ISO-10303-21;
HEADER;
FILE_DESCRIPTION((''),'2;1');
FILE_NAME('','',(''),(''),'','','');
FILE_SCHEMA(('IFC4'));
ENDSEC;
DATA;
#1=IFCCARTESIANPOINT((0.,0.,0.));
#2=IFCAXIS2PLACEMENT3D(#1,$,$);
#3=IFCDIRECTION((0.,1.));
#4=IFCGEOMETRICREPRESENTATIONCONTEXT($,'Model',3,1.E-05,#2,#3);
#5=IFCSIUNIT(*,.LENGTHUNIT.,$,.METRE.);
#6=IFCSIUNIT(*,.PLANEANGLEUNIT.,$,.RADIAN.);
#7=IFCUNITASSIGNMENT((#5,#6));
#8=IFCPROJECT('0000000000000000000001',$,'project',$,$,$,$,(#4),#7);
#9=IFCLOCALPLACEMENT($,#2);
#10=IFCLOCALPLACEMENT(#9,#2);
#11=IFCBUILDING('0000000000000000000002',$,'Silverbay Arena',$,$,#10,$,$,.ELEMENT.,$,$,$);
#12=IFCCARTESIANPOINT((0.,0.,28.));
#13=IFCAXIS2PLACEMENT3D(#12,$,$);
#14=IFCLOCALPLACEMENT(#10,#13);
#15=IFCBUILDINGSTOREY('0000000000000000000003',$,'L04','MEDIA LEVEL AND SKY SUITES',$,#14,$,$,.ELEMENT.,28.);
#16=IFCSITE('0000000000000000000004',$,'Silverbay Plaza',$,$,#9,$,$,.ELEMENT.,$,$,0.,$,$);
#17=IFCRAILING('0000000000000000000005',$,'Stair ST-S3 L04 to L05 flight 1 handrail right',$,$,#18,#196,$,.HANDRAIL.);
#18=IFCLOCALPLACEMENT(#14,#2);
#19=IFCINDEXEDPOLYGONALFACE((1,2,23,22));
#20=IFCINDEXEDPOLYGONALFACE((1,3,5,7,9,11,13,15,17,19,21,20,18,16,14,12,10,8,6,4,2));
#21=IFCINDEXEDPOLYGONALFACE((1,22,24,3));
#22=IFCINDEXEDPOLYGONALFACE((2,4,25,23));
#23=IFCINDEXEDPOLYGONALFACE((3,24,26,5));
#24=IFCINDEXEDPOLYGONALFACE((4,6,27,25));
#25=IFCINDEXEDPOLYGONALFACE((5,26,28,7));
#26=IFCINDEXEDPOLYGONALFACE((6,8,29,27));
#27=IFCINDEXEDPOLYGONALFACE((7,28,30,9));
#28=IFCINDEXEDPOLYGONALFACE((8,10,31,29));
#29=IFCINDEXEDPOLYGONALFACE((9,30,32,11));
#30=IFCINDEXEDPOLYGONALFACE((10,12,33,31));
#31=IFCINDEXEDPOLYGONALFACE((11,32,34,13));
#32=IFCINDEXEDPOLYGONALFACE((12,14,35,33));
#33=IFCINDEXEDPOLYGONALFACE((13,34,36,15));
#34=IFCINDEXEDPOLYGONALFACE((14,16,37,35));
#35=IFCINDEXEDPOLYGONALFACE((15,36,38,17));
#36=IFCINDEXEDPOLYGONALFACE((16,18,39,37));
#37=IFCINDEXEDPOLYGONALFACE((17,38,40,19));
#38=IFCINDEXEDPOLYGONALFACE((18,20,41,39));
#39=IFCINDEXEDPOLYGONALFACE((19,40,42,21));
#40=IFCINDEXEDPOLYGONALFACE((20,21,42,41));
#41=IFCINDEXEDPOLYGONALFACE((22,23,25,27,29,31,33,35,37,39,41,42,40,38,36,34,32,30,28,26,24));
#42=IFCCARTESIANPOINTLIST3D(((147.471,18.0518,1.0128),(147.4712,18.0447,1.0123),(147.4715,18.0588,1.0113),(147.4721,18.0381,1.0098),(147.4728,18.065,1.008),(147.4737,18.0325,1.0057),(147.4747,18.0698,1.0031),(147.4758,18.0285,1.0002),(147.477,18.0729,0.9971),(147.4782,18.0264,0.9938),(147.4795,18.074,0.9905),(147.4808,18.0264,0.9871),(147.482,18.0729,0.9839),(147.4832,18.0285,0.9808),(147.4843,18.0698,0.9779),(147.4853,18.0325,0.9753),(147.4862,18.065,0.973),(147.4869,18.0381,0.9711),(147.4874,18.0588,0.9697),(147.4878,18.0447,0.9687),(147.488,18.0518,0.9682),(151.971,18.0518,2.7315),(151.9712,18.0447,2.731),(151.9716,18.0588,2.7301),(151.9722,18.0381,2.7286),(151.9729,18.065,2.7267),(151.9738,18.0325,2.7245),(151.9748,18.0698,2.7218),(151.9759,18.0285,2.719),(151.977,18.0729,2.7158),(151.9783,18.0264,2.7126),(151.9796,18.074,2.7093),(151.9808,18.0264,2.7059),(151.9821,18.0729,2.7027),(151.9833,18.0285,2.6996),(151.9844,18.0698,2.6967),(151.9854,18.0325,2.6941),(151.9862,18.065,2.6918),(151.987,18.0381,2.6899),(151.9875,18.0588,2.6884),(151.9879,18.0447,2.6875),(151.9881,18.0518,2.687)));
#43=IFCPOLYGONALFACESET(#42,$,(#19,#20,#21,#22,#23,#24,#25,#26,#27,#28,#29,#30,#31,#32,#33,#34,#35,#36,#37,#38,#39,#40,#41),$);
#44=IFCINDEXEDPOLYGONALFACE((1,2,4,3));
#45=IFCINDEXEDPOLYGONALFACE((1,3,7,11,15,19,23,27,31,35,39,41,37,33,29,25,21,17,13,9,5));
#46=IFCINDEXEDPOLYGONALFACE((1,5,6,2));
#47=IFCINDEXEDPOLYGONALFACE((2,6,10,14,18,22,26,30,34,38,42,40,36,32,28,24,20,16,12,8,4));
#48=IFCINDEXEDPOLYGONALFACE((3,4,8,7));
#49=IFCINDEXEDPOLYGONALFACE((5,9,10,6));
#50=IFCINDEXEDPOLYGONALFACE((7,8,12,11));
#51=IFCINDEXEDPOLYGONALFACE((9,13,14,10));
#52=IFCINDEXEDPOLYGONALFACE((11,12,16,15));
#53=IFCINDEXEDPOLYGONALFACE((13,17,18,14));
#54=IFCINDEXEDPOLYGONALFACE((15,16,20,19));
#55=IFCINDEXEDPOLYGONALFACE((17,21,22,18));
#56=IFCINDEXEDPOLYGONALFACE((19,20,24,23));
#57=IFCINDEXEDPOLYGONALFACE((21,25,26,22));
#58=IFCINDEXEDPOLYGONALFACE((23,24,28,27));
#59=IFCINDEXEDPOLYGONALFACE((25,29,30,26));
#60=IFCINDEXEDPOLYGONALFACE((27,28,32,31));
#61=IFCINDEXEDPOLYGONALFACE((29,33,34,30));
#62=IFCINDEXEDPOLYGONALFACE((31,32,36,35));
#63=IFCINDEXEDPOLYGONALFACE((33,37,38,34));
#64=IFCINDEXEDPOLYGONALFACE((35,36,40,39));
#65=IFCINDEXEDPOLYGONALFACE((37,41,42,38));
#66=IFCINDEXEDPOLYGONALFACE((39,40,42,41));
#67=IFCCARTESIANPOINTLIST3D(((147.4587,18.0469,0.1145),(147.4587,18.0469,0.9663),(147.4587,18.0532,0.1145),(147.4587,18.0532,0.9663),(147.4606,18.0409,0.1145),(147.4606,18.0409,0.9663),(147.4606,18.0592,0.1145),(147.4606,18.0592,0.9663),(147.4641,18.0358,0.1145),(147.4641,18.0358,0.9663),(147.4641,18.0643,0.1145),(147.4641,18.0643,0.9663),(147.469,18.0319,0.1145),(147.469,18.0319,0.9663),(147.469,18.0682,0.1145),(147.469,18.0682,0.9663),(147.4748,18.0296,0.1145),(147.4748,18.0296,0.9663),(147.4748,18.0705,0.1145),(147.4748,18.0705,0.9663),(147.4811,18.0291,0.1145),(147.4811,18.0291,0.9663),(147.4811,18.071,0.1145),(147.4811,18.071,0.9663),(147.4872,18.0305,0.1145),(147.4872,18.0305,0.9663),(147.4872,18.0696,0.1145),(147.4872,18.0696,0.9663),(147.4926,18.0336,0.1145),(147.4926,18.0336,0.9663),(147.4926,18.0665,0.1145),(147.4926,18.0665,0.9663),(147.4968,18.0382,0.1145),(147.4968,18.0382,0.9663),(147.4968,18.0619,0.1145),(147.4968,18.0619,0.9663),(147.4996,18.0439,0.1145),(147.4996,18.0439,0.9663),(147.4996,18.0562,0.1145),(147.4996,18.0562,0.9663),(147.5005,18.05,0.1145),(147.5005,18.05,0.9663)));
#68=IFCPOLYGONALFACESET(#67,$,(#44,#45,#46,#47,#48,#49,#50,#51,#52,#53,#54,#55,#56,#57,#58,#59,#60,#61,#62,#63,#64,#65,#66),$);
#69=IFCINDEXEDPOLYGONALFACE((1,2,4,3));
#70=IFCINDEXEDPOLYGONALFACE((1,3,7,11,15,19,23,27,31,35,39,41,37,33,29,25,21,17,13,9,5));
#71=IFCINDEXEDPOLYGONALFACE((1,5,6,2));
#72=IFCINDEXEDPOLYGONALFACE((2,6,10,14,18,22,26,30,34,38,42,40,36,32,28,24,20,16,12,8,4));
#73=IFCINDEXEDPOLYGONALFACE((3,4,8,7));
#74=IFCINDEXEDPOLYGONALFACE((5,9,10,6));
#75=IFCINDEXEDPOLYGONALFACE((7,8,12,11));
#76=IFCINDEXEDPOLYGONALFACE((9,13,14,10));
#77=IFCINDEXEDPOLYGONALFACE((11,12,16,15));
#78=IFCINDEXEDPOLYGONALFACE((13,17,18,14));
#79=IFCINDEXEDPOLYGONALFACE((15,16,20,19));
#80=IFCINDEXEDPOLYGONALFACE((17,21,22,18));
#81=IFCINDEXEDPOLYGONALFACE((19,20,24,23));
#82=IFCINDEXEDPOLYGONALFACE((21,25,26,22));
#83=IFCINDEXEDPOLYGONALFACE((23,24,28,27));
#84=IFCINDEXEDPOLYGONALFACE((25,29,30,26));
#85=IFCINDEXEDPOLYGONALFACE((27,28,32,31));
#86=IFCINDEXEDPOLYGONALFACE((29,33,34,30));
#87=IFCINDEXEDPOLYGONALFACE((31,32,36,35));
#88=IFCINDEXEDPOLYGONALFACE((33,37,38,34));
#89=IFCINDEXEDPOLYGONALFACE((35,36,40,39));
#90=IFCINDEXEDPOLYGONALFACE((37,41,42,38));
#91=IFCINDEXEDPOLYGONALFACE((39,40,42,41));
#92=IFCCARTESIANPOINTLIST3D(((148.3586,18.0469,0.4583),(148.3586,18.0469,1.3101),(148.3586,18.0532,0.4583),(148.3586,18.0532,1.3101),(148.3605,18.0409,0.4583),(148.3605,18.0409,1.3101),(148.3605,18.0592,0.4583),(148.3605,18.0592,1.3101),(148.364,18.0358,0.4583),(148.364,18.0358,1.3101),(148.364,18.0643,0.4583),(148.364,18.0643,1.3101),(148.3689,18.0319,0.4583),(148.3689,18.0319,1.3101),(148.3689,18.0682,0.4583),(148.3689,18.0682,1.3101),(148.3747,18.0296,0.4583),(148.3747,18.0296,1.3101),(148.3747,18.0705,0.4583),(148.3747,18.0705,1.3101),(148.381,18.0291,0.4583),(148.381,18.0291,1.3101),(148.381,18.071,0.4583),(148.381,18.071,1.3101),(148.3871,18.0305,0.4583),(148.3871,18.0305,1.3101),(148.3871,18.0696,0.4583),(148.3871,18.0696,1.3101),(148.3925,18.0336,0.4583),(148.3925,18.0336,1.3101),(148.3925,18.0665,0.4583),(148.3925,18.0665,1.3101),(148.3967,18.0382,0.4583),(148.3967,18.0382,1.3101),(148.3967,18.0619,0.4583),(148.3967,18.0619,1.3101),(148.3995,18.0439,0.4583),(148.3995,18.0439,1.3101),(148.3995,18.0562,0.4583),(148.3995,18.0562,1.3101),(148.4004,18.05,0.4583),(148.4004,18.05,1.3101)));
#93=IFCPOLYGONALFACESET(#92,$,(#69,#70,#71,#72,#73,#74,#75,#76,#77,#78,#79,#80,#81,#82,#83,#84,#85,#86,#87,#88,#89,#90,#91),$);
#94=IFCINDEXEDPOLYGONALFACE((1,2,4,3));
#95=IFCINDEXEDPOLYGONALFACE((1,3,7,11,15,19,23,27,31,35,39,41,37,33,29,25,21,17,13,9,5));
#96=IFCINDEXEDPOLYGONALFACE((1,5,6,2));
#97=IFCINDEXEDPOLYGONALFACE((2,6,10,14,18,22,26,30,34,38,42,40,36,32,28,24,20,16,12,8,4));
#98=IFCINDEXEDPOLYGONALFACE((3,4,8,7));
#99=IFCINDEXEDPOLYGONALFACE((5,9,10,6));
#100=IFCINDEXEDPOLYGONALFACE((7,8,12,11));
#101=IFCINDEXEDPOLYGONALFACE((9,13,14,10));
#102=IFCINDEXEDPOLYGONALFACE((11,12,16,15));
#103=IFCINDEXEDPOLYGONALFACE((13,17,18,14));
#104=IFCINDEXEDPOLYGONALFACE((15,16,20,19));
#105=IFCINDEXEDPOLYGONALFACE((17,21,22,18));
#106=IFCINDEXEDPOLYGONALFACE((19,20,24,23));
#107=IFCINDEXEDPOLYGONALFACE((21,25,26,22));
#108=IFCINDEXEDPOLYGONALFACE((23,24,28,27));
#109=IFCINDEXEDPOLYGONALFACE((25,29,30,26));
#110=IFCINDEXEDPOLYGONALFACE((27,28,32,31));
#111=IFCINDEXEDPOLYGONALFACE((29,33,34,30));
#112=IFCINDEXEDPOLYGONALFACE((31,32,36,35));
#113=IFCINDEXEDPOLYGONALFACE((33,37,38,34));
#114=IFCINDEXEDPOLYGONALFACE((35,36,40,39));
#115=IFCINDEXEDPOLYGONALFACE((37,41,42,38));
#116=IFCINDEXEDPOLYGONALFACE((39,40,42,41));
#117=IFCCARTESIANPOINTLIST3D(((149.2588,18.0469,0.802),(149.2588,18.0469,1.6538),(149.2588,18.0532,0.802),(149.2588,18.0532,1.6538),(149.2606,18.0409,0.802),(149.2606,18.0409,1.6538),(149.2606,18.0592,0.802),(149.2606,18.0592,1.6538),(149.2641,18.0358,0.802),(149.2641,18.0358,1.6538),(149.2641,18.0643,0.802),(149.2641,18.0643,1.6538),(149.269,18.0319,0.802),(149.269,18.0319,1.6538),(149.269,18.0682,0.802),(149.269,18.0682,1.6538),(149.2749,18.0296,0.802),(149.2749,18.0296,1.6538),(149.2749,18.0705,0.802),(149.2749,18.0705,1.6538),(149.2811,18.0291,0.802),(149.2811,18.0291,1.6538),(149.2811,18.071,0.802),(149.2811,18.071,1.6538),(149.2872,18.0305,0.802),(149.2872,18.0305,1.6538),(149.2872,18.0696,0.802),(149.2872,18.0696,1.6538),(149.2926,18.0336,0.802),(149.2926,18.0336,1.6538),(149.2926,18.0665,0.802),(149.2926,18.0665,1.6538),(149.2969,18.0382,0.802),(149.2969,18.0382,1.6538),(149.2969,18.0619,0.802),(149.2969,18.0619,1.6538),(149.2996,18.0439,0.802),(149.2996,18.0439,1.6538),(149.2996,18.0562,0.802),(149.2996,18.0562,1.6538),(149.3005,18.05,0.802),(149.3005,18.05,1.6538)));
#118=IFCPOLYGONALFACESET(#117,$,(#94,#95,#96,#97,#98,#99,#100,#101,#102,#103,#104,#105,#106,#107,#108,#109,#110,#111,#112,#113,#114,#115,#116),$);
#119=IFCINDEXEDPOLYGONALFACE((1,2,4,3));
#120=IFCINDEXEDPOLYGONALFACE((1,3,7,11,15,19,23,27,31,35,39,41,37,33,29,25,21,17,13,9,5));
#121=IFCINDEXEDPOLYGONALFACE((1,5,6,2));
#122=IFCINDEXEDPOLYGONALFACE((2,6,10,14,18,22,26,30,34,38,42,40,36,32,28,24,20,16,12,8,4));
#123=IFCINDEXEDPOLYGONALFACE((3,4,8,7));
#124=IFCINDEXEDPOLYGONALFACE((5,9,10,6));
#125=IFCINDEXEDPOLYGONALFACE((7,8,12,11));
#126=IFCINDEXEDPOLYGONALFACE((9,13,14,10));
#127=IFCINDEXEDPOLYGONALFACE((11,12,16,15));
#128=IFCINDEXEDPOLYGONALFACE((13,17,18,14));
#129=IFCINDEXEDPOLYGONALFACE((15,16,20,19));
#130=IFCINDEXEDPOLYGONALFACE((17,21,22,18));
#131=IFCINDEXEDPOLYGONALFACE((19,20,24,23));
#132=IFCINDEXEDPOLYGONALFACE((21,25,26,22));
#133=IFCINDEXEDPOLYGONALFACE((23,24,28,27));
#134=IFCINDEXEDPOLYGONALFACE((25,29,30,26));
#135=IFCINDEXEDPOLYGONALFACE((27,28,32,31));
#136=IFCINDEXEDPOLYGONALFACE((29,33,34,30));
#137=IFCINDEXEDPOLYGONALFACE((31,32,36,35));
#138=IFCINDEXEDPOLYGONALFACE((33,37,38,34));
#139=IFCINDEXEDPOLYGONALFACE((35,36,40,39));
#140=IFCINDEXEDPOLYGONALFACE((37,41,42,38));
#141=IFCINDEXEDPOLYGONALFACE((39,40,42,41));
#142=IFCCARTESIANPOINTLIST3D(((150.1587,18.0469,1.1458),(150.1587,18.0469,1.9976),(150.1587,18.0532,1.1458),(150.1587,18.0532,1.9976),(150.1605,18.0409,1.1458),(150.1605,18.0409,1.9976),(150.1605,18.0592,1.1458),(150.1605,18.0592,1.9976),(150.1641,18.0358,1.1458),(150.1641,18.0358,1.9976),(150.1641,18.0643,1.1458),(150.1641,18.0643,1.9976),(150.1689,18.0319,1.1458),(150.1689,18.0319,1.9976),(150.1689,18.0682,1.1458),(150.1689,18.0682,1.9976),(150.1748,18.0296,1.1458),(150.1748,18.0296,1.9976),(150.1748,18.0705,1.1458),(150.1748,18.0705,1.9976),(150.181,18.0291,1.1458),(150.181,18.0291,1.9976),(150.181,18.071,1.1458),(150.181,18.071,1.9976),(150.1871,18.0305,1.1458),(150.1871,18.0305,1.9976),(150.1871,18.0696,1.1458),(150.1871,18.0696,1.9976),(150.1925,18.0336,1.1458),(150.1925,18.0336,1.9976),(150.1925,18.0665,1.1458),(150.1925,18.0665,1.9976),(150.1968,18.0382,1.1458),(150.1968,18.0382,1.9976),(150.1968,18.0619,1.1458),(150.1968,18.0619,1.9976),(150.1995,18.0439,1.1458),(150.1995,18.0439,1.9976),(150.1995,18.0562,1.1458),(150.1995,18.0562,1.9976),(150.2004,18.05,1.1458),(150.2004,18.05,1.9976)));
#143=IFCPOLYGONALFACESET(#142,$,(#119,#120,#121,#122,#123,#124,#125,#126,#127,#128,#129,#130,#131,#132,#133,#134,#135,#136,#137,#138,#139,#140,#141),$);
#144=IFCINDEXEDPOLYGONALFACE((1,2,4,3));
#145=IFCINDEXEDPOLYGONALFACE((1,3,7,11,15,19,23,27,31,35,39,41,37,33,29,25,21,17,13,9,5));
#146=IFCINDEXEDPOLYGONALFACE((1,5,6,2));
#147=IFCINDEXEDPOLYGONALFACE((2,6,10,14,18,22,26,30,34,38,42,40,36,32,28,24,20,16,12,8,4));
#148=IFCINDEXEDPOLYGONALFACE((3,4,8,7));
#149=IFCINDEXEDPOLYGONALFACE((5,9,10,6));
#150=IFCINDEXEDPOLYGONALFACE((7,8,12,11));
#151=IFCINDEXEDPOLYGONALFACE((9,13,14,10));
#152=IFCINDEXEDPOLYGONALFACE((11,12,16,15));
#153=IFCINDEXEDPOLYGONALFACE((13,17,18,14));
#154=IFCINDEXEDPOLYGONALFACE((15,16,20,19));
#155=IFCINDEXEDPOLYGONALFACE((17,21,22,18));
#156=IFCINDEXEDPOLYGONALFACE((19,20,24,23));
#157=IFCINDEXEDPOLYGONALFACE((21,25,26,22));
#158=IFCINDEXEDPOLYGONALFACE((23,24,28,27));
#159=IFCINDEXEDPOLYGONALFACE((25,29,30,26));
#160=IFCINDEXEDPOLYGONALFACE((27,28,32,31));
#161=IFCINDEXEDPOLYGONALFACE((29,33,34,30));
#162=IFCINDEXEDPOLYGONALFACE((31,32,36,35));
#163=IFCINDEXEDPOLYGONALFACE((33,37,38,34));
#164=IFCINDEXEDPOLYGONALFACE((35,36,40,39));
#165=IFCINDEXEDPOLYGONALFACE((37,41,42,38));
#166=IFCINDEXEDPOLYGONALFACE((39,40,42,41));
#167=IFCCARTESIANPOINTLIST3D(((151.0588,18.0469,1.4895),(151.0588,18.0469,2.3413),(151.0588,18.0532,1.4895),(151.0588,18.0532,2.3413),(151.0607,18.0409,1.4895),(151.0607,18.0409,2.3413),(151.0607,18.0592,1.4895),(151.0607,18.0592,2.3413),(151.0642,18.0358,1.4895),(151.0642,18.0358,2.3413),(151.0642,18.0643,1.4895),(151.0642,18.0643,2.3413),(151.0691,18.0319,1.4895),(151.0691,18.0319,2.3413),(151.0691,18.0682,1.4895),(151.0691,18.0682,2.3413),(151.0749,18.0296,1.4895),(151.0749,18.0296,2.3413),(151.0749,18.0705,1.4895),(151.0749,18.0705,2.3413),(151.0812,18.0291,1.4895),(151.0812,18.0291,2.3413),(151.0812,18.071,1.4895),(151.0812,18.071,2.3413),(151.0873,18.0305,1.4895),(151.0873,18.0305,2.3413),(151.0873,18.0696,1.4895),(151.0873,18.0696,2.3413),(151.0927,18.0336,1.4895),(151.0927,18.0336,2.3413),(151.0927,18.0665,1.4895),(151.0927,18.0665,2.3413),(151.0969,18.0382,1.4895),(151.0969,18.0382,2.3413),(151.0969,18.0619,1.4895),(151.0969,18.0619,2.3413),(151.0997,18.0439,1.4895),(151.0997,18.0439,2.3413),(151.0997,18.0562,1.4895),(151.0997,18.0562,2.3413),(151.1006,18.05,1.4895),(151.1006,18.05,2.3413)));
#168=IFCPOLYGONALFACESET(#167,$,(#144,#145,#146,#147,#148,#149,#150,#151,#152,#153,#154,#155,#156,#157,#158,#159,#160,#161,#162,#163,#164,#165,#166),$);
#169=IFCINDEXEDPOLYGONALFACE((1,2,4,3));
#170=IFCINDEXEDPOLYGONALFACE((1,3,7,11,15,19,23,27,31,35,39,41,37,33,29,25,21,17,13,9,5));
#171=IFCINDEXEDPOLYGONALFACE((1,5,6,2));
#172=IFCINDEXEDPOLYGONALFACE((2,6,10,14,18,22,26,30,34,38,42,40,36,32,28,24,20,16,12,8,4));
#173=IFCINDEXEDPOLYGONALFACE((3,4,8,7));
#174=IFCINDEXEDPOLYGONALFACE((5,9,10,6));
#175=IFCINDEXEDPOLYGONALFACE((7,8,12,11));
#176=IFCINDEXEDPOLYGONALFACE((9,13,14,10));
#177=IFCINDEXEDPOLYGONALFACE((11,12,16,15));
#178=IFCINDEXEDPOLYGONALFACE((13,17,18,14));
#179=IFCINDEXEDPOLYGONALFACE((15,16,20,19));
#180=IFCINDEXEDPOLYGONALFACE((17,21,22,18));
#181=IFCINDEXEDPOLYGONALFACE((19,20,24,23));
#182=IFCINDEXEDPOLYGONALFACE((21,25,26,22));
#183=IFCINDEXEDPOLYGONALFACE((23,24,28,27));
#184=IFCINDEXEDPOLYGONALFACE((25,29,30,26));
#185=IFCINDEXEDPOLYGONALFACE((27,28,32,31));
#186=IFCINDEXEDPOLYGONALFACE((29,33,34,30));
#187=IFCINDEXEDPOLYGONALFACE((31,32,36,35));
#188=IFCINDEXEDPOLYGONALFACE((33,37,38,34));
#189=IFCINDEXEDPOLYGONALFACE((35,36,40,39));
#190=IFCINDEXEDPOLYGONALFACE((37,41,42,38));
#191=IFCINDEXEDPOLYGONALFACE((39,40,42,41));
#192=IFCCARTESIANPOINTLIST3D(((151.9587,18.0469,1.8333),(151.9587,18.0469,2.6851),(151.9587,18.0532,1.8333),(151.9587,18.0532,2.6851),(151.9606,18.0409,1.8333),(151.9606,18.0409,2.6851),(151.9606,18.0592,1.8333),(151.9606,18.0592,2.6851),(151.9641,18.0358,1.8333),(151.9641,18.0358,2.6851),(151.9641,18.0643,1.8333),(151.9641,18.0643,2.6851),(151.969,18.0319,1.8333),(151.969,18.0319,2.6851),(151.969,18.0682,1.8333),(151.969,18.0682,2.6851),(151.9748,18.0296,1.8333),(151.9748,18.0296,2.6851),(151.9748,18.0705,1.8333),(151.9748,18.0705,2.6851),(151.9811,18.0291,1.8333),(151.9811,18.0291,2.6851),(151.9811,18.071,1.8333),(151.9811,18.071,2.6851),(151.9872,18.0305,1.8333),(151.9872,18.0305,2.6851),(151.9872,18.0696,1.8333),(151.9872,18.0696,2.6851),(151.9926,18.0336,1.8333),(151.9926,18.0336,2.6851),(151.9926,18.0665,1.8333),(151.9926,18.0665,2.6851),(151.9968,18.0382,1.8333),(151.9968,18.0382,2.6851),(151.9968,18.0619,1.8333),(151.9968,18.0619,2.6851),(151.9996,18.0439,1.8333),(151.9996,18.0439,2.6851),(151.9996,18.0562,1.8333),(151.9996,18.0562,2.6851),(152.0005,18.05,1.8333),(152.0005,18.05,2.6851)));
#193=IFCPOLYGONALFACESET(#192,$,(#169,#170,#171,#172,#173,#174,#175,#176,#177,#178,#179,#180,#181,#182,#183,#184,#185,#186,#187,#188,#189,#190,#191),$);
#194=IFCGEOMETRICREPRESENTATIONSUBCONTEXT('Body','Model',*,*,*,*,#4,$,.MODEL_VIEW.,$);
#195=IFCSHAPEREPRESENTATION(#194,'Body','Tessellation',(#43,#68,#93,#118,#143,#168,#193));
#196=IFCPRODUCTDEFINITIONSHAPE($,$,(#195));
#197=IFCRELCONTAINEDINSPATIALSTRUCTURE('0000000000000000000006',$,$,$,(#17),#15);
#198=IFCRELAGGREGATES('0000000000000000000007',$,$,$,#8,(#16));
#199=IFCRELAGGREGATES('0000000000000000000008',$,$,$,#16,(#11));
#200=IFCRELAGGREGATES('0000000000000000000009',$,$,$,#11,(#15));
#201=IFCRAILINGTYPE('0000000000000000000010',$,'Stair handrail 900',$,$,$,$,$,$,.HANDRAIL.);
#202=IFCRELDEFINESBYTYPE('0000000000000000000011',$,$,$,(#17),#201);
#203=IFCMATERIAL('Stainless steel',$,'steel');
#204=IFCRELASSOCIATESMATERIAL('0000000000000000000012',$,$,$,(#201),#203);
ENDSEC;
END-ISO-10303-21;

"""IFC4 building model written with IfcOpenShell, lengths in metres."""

from ifc_helpers import new_model, si_unit, direction, frame, origin, origin_2d, place, context, subcontext, project, spatial, circle, extrude, material, type_object, element, save


model = new_model("IFC4")

# Units and contexts
model_context = context("Model", 3, precision=1e-05, world=origin(), true_north=direction((0.0, 1.0)))
body_context = subcontext(model_context, "Body", "Model", "MODEL_VIEW")
ifc_project = project(units=[si_unit("LENGTHUNIT", "METRE"), si_unit("PLANEANGLEUNIT", "RADIAN")], contexts=[model_context])

# Site, building, storey
site_placement = place(None, origin())
site = spatial("IfcSite", under=ifc_project, at=site_placement, Name="Silverbay Plaza", CompositionType="ELEMENT", RefElevation=0.0)
building_placement = place(site_placement, origin())
building = spatial("IfcBuilding", under=site, at=building_placement, Name="Silverbay Arena", CompositionType="ELEMENT")
storey_placement = place(building_placement, frame((0.0, 0.0, 28.0)))
storey = spatial("IfcBuildingStorey", under=building, at=storey_placement, Name="L04", Description="MEDIA LEVEL AND SKY SUITES", CompositionType="ELEMENT", Elevation=28.0)

# Railing
ifc_material_1 = material(Name="Stainless steel", Category="steel")
railing_type_1 = type_object("IfcRailingType", Name="Stair handrail 900", PredefinedType="HANDRAIL", material=ifc_material_1)
for number, where, name in (
    (1, (147.4795, 18.05, 0.1145), "Stair ST-S3 L04 to L05 flight 1 handrail right"),
):
    element("IfcRailing", number, at=place(storey_placement, frame(where)), inside=storey, type_object=railing_type_1, Name=name, PredefinedType="HANDRAIL", context=body_context, shape_type="SweptSolid", body=[
        extrude(circle(Radius=0.0239, at=origin_2d()), frame((0.0, 0.0, 0.876), z_axis=(0.934179, 0.0, 0.356805), x_axis=(0.0, 1.0, 0.0)), (0.0, 0.0, 1.0), 4.8171),
        extrude(circle(Radius=0.021, at=origin_2d()), origin(), (0.0, 0.0, 1.0), 0.8518),
        extrude(circle(Radius=0.021, at=origin_2d()), frame((0.8999, 0.0, 0.3438)), (0.0, 0.0, 1.0), 0.8518),
        extrude(circle(Radius=0.021, at=origin_2d()), frame((1.8, 0.0, 0.6875)), (0.0, 0.0, 1.0), 0.8518),
        extrude(circle(Radius=0.021, at=origin_2d()), frame((2.7, 0.0, 1.0312)), (0.0, 0.0, 1.0), 0.8518),
        extrude(circle(Radius=0.021, at=origin_2d()), frame((3.6001, 0.0, 1.375)), (0.0, 0.0, 1.0), 0.8518),
        extrude(circle(Radius=0.021, at=origin_2d()), frame((4.5, 0.0, 1.7188)), (0.0, 0.0, 1.0), 0.8518),
    ])

save(model, "model.ifc")
